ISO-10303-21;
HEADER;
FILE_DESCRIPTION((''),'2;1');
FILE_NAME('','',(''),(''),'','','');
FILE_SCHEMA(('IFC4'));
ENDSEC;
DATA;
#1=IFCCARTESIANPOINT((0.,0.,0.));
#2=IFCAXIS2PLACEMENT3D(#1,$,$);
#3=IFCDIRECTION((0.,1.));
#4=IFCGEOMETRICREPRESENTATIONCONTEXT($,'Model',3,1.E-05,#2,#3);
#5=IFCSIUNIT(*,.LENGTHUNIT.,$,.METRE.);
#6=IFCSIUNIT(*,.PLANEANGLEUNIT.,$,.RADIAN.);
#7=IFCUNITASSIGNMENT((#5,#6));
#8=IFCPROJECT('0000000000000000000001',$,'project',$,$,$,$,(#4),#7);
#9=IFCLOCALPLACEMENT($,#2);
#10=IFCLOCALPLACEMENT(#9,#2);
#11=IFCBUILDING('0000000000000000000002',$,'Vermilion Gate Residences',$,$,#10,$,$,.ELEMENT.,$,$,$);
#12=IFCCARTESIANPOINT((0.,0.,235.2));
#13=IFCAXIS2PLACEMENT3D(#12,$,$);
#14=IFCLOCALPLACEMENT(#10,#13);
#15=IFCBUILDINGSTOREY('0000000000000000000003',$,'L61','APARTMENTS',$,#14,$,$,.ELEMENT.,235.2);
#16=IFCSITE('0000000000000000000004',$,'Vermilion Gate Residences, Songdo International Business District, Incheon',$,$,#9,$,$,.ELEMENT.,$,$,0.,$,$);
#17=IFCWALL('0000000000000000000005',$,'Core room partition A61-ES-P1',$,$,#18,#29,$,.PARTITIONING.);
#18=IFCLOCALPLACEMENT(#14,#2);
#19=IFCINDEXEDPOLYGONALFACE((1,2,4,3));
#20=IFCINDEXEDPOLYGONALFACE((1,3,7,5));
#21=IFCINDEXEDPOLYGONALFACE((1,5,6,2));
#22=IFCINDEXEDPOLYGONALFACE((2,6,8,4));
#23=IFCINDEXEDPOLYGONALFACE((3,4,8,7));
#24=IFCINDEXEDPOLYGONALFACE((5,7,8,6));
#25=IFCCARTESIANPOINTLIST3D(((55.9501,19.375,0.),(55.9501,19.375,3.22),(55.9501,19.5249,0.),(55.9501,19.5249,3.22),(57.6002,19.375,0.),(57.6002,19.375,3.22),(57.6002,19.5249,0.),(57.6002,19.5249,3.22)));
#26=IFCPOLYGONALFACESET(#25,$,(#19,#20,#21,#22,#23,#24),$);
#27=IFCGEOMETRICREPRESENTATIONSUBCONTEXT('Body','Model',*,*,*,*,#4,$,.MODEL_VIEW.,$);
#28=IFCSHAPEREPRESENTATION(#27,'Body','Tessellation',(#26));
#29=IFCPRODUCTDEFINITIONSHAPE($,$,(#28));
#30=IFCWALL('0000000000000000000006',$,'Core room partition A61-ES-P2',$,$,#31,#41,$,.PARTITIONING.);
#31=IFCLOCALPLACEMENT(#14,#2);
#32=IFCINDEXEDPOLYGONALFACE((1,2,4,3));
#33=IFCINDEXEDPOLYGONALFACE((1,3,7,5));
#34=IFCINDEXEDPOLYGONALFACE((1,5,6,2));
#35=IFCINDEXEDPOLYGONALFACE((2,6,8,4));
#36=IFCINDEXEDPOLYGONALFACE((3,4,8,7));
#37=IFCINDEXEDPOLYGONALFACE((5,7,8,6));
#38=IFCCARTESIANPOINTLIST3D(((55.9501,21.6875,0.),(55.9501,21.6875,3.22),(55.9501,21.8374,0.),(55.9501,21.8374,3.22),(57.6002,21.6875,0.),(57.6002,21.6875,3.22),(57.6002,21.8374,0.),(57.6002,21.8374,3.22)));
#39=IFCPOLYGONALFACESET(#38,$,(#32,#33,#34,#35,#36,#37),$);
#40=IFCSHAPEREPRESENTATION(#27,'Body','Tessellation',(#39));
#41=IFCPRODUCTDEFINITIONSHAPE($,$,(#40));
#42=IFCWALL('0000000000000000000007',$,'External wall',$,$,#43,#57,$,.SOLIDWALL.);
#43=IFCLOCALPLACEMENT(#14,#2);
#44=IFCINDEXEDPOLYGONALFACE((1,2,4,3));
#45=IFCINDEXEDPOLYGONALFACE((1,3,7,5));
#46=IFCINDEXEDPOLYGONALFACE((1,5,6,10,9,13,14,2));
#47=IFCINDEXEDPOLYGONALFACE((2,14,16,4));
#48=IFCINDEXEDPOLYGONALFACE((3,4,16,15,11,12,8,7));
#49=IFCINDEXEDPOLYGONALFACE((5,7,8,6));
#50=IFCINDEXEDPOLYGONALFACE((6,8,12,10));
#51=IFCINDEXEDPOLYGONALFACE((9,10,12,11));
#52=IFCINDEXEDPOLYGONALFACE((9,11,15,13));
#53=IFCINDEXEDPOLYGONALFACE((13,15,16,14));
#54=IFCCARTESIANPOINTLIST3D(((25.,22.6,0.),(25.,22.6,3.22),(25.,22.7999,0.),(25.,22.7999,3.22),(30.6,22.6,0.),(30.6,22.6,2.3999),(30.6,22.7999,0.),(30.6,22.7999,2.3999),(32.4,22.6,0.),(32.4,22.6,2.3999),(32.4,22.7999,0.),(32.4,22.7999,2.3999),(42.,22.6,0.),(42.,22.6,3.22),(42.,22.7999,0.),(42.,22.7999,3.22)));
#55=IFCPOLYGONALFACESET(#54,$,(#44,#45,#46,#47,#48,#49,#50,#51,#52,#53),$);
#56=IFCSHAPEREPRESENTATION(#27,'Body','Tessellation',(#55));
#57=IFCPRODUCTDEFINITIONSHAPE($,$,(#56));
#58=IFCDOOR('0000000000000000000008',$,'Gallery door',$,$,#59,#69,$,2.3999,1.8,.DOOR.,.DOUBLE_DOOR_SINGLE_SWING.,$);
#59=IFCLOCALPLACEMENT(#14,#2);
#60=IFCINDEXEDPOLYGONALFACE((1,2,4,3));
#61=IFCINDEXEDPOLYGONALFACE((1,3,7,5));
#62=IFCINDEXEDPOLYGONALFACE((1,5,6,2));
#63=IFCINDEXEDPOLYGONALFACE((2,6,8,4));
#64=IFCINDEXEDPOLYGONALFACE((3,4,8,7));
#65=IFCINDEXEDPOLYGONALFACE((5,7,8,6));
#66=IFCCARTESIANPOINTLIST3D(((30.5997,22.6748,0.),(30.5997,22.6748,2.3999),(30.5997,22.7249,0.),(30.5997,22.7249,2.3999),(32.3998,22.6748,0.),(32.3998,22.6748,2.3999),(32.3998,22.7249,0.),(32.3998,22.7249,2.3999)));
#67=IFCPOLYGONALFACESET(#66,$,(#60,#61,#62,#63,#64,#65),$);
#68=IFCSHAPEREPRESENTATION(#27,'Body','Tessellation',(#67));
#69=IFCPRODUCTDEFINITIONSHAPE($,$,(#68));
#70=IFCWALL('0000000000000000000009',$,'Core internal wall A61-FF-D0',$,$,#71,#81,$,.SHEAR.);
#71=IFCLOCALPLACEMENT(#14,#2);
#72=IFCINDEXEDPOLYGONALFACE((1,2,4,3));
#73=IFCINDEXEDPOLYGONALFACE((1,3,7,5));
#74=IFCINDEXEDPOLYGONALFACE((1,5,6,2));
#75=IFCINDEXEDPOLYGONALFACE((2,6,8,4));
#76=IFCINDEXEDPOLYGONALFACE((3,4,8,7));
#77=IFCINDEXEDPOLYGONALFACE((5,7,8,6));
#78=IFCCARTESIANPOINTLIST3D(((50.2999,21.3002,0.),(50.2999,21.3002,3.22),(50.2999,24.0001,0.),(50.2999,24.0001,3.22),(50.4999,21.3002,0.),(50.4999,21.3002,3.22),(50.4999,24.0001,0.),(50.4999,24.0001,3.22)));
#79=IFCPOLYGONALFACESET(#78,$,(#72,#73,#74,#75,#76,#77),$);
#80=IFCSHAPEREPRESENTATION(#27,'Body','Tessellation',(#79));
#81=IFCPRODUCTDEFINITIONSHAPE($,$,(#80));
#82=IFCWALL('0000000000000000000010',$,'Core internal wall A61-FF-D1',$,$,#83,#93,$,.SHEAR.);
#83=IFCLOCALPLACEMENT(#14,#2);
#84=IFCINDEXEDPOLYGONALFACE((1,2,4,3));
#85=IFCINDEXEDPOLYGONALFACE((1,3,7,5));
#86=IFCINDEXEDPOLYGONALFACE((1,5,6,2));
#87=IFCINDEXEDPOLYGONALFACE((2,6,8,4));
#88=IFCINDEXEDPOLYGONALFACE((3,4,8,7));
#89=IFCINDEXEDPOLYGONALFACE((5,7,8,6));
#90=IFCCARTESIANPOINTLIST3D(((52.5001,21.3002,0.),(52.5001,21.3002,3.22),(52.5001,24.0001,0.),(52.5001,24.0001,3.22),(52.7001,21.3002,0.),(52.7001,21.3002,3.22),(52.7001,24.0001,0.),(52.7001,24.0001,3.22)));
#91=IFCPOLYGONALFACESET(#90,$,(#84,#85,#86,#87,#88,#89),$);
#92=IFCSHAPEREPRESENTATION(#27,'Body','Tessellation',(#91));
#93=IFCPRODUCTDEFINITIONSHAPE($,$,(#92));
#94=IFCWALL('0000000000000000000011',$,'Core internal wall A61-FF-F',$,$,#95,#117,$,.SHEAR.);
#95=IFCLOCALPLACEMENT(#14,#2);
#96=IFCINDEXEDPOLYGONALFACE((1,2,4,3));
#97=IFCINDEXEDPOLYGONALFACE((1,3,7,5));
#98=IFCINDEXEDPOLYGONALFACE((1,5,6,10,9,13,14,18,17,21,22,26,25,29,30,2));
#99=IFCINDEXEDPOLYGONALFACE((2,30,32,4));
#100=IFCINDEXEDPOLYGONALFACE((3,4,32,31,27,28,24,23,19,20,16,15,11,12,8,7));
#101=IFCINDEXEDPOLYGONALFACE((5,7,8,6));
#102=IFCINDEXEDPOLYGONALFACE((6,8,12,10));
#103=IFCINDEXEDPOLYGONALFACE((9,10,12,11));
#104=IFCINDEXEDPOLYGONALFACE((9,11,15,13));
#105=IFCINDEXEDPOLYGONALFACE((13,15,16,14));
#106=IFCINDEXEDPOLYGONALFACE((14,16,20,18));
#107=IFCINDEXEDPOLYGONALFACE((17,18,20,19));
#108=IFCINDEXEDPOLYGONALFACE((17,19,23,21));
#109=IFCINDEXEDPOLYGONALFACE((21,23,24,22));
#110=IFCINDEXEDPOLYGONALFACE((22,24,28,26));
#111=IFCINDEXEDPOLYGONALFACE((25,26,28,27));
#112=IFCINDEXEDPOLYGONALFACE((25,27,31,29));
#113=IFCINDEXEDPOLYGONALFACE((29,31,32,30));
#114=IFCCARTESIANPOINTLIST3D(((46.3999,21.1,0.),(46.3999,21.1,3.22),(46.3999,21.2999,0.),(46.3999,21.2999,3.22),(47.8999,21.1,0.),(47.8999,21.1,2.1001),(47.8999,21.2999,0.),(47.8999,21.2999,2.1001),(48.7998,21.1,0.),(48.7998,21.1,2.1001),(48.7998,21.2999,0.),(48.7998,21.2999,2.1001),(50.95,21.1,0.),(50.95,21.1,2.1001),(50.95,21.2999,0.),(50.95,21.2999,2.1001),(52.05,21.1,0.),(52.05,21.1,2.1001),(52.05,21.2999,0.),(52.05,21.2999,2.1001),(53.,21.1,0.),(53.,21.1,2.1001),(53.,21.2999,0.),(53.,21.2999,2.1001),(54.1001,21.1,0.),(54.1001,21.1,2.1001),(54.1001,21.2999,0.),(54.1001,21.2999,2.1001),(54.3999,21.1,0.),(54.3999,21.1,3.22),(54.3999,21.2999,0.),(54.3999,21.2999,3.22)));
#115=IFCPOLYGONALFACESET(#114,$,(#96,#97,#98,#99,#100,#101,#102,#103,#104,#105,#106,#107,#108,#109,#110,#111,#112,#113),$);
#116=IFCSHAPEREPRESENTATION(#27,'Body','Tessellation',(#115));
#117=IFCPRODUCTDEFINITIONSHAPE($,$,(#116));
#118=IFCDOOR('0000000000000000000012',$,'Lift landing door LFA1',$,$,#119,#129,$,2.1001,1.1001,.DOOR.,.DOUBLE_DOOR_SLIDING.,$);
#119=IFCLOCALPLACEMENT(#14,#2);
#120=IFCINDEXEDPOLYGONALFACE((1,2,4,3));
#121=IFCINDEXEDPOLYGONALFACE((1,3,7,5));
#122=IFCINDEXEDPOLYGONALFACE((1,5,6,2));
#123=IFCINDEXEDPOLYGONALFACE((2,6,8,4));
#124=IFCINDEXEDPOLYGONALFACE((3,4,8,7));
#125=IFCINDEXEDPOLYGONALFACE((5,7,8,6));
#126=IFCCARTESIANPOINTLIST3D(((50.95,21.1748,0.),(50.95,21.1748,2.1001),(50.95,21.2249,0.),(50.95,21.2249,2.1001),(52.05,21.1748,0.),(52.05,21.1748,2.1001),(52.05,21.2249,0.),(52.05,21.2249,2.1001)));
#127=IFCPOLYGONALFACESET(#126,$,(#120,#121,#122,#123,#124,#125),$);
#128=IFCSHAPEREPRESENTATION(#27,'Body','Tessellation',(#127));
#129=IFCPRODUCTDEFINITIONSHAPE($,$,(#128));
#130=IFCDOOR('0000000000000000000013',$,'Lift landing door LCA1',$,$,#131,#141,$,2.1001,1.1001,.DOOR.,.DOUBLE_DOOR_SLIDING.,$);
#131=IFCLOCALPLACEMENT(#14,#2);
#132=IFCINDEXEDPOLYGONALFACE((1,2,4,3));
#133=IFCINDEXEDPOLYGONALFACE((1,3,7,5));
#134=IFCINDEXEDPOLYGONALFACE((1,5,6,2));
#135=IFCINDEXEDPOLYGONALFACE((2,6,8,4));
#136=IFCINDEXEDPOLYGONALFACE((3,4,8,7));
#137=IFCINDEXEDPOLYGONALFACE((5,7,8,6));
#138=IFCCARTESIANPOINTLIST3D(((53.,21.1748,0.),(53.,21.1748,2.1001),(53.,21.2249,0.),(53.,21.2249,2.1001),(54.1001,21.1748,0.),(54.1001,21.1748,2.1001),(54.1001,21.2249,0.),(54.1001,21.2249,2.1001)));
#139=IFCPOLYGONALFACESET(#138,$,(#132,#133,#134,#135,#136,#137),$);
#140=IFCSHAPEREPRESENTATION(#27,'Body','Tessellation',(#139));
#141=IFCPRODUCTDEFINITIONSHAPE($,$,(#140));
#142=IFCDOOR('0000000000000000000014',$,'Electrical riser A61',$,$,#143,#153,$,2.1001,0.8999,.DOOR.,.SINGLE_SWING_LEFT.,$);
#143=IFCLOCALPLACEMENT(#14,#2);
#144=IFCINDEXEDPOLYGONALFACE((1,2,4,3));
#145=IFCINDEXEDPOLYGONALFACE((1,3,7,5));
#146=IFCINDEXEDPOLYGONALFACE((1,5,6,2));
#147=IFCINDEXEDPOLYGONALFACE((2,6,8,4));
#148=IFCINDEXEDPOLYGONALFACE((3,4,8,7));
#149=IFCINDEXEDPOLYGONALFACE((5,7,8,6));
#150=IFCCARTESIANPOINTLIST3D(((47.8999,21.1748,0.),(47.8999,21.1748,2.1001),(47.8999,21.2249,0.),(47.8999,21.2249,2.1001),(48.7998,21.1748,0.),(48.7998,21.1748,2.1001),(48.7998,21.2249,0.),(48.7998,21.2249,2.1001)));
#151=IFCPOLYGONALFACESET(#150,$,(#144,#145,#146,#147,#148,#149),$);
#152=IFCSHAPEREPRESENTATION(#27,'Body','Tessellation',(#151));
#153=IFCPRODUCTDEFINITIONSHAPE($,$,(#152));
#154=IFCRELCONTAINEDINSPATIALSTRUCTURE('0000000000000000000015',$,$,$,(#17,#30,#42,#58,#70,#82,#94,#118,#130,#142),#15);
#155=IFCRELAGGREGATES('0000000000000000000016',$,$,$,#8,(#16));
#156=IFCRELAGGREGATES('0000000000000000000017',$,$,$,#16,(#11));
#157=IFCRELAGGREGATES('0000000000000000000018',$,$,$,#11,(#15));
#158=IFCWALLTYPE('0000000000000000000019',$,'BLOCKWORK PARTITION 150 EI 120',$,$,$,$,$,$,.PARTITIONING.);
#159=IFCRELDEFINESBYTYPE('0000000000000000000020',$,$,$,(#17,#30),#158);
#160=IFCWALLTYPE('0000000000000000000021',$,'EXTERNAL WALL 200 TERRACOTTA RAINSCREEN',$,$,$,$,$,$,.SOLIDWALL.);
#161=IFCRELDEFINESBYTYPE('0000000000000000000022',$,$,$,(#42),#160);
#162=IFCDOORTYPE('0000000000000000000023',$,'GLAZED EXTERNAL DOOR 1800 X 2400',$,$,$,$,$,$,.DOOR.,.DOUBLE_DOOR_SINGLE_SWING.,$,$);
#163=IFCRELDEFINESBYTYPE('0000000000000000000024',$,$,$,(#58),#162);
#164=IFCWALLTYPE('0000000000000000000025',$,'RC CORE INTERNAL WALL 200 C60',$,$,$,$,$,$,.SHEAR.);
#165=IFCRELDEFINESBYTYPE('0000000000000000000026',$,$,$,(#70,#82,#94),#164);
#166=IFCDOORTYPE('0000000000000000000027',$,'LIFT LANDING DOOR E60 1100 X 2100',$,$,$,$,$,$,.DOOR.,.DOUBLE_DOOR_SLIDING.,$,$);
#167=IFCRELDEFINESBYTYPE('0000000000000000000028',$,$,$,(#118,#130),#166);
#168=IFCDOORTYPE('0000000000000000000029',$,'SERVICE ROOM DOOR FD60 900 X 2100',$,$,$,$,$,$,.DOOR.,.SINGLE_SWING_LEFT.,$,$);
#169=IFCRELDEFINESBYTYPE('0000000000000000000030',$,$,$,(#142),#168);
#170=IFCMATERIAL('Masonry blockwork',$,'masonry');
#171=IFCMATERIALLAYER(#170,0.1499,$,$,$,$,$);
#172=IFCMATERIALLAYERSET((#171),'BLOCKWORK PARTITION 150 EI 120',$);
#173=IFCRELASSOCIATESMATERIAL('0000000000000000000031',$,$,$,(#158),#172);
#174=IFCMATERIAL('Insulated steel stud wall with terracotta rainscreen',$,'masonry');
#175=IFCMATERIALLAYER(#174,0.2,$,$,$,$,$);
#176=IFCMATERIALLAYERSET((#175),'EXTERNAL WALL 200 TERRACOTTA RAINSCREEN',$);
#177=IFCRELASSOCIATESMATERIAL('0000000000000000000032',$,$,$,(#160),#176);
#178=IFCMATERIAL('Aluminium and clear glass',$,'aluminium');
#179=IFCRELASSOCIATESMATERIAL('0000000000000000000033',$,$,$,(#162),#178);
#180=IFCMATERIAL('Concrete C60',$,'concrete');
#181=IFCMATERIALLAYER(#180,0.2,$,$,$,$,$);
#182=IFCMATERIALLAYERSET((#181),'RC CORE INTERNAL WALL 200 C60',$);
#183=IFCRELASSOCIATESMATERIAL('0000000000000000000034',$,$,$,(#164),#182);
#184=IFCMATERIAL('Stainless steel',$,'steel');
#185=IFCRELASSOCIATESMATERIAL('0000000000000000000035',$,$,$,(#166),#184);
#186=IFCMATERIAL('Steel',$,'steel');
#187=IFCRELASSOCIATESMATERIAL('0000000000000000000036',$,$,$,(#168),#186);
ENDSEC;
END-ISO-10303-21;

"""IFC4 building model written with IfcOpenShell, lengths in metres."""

from ifc_helpers import new_model, si_unit, direction, frame, frame_2d, origin, place, context, subcontext, project, spatial, rectangle, extrude, material, layer, layer_set, type_object, element, fill, save


model = new_model("IFC4")

# Units and contexts
model_context = context("Model", 3, precision=1e-05, world=origin(), true_north=direction((0.0, 1.0)))
body_context = subcontext(model_context, "Body", "Model", "MODEL_VIEW")
ifc_project = project(units=[si_unit("LENGTHUNIT", "METRE"), si_unit("PLANEANGLEUNIT", "RADIAN")], contexts=[model_context])

# Site, building, storey
site_placement = place(None, origin())
site = spatial("IfcSite", under=ifc_project, at=site_placement, Name="Vermilion Gate Residences, Songdo International Business District, Incheon", CompositionType="ELEMENT", RefElevation=0.0)
building_placement = place(site_placement, origin())
building = spatial("IfcBuilding", under=site, at=building_placement, Name="Vermilion Gate Residences", CompositionType="ELEMENT")
storey_placement = place(building_placement, frame((0.0, 0.0, 235.2)))
storey = spatial("IfcBuildingStorey", under=building, at=storey_placement, Name="L61", Description="APARTMENTS", CompositionType="ELEMENT", Elevation=235.2)

# Walls
ifc_material_1 = material(Name="Masonry blockwork", Category="masonry")
ifc_layer_1 = layer(ifc_material_1, 0.1499)
ifc_layer_set_1 = layer_set([ifc_layer_1], Name="BLOCKWORK PARTITION 150 EI 120")
wall_type_1 = type_object("IfcWallType", Name="BLOCKWORK PARTITION 150 EI 120", PredefinedType="PARTITIONING", material=ifc_layer_set_1)
for number, where, z_axis, x_axis, name in (
    (1, (55.95, 19.45, 0.0), (0.0, 0.0, 1.0), (1.0, 0.0, 0.0), "Core room partition A61-ES-P1"),
    (2, (55.95, 21.7625, 0.0), (0.0, 0.0, 1.0), (1.0, 0.0, 0.0), "Core room partition A61-ES-P2"),
):
    element("IfcWall", number, at=place(storey_placement, frame(where, z_axis=z_axis, x_axis=x_axis)), inside=storey, type_object=wall_type_1, Name=name, PredefinedType="PARTITIONING", context=body_context, shape_type="SweptSolid", body=[
        extrude(rectangle(XDim=1.6501, YDim=0.1499, at=frame_2d((0.8252, 0.0))), origin(), (0.0, 0.0, 1.0), 3.22),
    ])

# Wall, opening, door
ifc_material_2 = material(Name="Insulated steel stud wall with terracotta rainscreen", Category="masonry")
ifc_layer_2 = layer(ifc_material_2, 0.2)
ifc_layer_set_2 = layer_set([ifc_layer_2], Name="EXTERNAL WALL 200 TERRACOTTA RAINSCREEN")
wall_type_2 = type_object("IfcWallType", Name="EXTERNAL WALL 200 TERRACOTTA RAINSCREEN", PredefinedType="SOLIDWALL", material=ifc_layer_set_2)
wall_1_placement = place(storey_placement, frame((42.0, 22.7, 0.0), z_axis=(0.0, 0.0, 1.0), x_axis=(-1.0, 0.0, 0.0)))
wall_1 = element("IfcWall", 3, at=wall_1_placement, inside=storey, type_object=wall_type_2, Name="External wall", PredefinedType="SOLIDWALL", context=body_context, shape_type="SweptSolid", body=[
    extrude(rectangle(XDim=17.0, YDim=0.2, at=frame_2d((8.5, 0.0))), origin(), (0.0, 0.0, 1.0), 3.22),
])
opening_1_placement = place(wall_1_placement, frame((9.6001, 0.0, 0.0)))
opening_1 = element("IfcOpeningElement", 4, at=opening_1_placement, cuts=wall_1, PredefinedType="OPENING", context=body_context, shape_type="SweptSolid", body=[
    extrude(rectangle(XDim=1.8, YDim=2.3999, at=frame_2d((0.8999, 1.2))), frame((0.0, 0.1099, 0.0), z_axis=(0.0, -1.0, 0.0), x_axis=(1.0, 0.0, 0.0)), (0.0, 0.0, 1.0), 0.22),
])
ifc_material_3 = material(Name="Aluminium and clear glass", Category="aluminium")
door_type_1 = type_object("IfcDoorType", Name="GLAZED EXTERNAL DOOR 1800 X 2400", OperationType="DOUBLE_DOOR_SINGLE_SWING", PredefinedType="DOOR", material=ifc_material_3)
door_1_placement = place(opening_1_placement, frame((1.8, 0.0, 0.0), z_axis=(0.0, 0.0, 1.0), x_axis=(-1.0, 0.0, 0.0)))
door_1 = element("IfcDoor", 5, at=door_1_placement, inside=storey, type_object=door_type_1, Name="Gallery door", OperationType="DOUBLE_DOOR_SINGLE_SWING", OverallHeight=2.3999, OverallWidth=1.8, PredefinedType="DOOR", context=body_context, shape_type="SweptSolid", body=[
    extrude(rectangle(XDim=1.8, YDim=2.3999, at=frame_2d((0.8999, 1.2))), frame((0.0, 0.0249, 0.0), z_axis=(0.0, -1.0, 0.0), x_axis=(1.0, 0.0, 0.0)), (0.0, 0.0, 1.0), 0.05),
])
fill(opening_1, door_1)

# Walls
ifc_material_4 = material(Name="Concrete C60", Category="concrete")
ifc_layer_3 = layer(ifc_material_4, 0.2)
ifc_layer_set_3 = layer_set([ifc_layer_3], Name="RC CORE INTERNAL WALL 200 C60")
wall_type_3 = type_object("IfcWallType", Name="RC CORE INTERNAL WALL 200 C60", PredefinedType="SHEAR", material=ifc_layer_set_3)
for number, where, z_axis, x_axis, name in (
    (6, (50.3999, 21.3, 0.0), (0.0, 0.0, 1.0), (0.0, 1.0, 0.0), "Core internal wall A61-FF-D0"),
    (7, (52.6001, 21.3, 0.0), (0.0, 0.0, 1.0), (0.0, 1.0, 0.0), "Core internal wall A61-FF-D1"),
):
    element("IfcWall", number, at=place(storey_placement, frame(where, z_axis=z_axis, x_axis=x_axis)), inside=storey, type_object=wall_type_3, Name=name, PredefinedType="SHEAR", context=body_context, shape_type="SweptSolid", body=[
        extrude(rectangle(XDim=2.7, YDim=0.2, at=frame_2d((1.3501, 0.0))), origin(), (0.0, 0.0, 1.0), 3.22),
    ])

# Wall, openings, doors
wall_2_placement = place(storey_placement, frame((46.3999, 21.2, 0.0), z_axis=(0.0, 0.0, 1.0), x_axis=(1.0, 0.0, 0.0)))
wall_2 = element("IfcWall", 8, at=wall_2_placement, inside=storey, type_object=wall_type_3, Name="Core internal wall A61-FF-F", PredefinedType="SHEAR", context=body_context, shape_type="SweptSolid", body=[
    extrude(rectangle(XDim=8.0, YDim=0.2, at=frame_2d((4.0, 0.0))), origin(), (0.0, 0.0, 1.0), 3.22),
])
opening_2_placement = place(wall_2_placement, frame((1.5, 0.0, 0.0)))
opening_2 = element("IfcOpeningElement", 9, at=opening_2_placement, cuts=wall_2, PredefinedType="OPENING", context=body_context, shape_type="SweptSolid", body=[
    extrude(rectangle(XDim=0.8999, YDim=2.1001, at=frame_2d((0.45, 1.05))), frame((0.0, 0.1099, 0.0), z_axis=(0.0, -1.0, 0.0), x_axis=(1.0, 0.0, 0.0)), (0.0, 0.0, 1.0), 0.22),
])
opening_3_placement = place(wall_2_placement, frame((4.55, 0.0, 0.0)))
opening_3 = element("IfcOpeningElement", 10, at=opening_3_placement, cuts=wall_2, PredefinedType="OPENING", context=body_context, shape_type="SweptSolid", body=[
    extrude(rectangle(XDim=1.1001, YDim=2.1001, at=frame_2d((0.55, 1.05))), frame((0.0, 0.1099, 0.0), z_axis=(0.0, -1.0, 0.0), x_axis=(1.0, 0.0, 0.0)), (0.0, 0.0, 1.0), 0.22),
])
opening_4_placement = place(wall_2_placement, frame((6.6001, 0.0, 0.0)))
opening_4 = element("IfcOpeningElement", 11, at=opening_4_placement, cuts=wall_2, PredefinedType="OPENING", context=body_context, shape_type="SweptSolid", body=[
    extrude(rectangle(XDim=1.1001, YDim=2.1001, at=frame_2d((0.55, 1.05))), frame((0.0, 0.1099, 0.0), z_axis=(0.0, -1.0, 0.0), x_axis=(1.0, 0.0, 0.0)), (0.0, 0.0, 1.0), 0.22),
])
ifc_material_5 = material(Name="Stainless steel", Category="steel")
door_type_2 = type_object("IfcDoorType", Name="LIFT LANDING DOOR E60 1100 X 2100", OperationType="DOUBLE_DOOR_SLIDING", PredefinedType="DOOR", material=ifc_material_5)
door_2_placement = place(opening_3_placement, origin())
door_2 = element("IfcDoor", 12, at=door_2_placement, inside=storey, type_object=door_type_2, Name="Lift landing door LFA1", OperationType="DOUBLE_DOOR_SLIDING", OverallHeight=2.1001, OverallWidth=1.1001, PredefinedType="DOOR", context=body_context, shape_type="SweptSolid", body=[
    extrude(rectangle(XDim=1.1001, YDim=2.1001, at=frame_2d((0.55, 1.05))), frame((0.0, 0.0249, 0.0), z_axis=(0.0, -1.0, 0.0), x_axis=(1.0, 0.0, 0.0)), (0.0, 0.0, 1.0), 0.05),
])
fill(opening_3, door_2)
door_3_placement = place(opening_4_placement, origin())
door_3 = element("IfcDoor", 13, at=door_3_placement, inside=storey, type_object=door_type_2, Name="Lift landing door LCA1", OperationType="DOUBLE_DOOR_SLIDING", OverallHeight=2.1001, OverallWidth=1.1001, PredefinedType="DOOR", context=body_context, shape_type="SweptSolid", body=[
    extrude(rectangle(XDim=1.1001, YDim=2.1001, at=frame_2d((0.55, 1.05))), frame((0.0, 0.0249, 0.0), z_axis=(0.0, -1.0, 0.0), x_axis=(1.0, 0.0, 0.0)), (0.0, 0.0, 1.0), 0.05),
])
fill(opening_4, door_3)
ifc_material_6 = material(Name="Steel", Category="steel")
door_type_3 = type_object("IfcDoorType", Name="SERVICE ROOM DOOR FD60 900 X 2100", OperationType="SINGLE_SWING_LEFT", PredefinedType="DOOR", material=ifc_material_6)
door_4_placement = place(opening_2_placement, origin())
door_4 = element("IfcDoor", 14, at=door_4_placement, inside=storey, type_object=door_type_3, Name="Electrical riser A61", OperationType="SINGLE_SWING_LEFT", OverallHeight=2.1001, OverallWidth=0.8999, PredefinedType="DOOR", context=body_context, shape_type="SweptSolid", body=[
    extrude(rectangle(XDim=0.8999, YDim=2.1001, at=frame_2d((0.45, 1.05))), frame((0.0, 0.0249, 0.0), z_axis=(0.0, -1.0, 0.0), x_axis=(1.0, 0.0, 0.0)), (0.0, 0.0, 1.0), 0.05),
])
fill(opening_2, door_4)

save(model, "model.ifc")
